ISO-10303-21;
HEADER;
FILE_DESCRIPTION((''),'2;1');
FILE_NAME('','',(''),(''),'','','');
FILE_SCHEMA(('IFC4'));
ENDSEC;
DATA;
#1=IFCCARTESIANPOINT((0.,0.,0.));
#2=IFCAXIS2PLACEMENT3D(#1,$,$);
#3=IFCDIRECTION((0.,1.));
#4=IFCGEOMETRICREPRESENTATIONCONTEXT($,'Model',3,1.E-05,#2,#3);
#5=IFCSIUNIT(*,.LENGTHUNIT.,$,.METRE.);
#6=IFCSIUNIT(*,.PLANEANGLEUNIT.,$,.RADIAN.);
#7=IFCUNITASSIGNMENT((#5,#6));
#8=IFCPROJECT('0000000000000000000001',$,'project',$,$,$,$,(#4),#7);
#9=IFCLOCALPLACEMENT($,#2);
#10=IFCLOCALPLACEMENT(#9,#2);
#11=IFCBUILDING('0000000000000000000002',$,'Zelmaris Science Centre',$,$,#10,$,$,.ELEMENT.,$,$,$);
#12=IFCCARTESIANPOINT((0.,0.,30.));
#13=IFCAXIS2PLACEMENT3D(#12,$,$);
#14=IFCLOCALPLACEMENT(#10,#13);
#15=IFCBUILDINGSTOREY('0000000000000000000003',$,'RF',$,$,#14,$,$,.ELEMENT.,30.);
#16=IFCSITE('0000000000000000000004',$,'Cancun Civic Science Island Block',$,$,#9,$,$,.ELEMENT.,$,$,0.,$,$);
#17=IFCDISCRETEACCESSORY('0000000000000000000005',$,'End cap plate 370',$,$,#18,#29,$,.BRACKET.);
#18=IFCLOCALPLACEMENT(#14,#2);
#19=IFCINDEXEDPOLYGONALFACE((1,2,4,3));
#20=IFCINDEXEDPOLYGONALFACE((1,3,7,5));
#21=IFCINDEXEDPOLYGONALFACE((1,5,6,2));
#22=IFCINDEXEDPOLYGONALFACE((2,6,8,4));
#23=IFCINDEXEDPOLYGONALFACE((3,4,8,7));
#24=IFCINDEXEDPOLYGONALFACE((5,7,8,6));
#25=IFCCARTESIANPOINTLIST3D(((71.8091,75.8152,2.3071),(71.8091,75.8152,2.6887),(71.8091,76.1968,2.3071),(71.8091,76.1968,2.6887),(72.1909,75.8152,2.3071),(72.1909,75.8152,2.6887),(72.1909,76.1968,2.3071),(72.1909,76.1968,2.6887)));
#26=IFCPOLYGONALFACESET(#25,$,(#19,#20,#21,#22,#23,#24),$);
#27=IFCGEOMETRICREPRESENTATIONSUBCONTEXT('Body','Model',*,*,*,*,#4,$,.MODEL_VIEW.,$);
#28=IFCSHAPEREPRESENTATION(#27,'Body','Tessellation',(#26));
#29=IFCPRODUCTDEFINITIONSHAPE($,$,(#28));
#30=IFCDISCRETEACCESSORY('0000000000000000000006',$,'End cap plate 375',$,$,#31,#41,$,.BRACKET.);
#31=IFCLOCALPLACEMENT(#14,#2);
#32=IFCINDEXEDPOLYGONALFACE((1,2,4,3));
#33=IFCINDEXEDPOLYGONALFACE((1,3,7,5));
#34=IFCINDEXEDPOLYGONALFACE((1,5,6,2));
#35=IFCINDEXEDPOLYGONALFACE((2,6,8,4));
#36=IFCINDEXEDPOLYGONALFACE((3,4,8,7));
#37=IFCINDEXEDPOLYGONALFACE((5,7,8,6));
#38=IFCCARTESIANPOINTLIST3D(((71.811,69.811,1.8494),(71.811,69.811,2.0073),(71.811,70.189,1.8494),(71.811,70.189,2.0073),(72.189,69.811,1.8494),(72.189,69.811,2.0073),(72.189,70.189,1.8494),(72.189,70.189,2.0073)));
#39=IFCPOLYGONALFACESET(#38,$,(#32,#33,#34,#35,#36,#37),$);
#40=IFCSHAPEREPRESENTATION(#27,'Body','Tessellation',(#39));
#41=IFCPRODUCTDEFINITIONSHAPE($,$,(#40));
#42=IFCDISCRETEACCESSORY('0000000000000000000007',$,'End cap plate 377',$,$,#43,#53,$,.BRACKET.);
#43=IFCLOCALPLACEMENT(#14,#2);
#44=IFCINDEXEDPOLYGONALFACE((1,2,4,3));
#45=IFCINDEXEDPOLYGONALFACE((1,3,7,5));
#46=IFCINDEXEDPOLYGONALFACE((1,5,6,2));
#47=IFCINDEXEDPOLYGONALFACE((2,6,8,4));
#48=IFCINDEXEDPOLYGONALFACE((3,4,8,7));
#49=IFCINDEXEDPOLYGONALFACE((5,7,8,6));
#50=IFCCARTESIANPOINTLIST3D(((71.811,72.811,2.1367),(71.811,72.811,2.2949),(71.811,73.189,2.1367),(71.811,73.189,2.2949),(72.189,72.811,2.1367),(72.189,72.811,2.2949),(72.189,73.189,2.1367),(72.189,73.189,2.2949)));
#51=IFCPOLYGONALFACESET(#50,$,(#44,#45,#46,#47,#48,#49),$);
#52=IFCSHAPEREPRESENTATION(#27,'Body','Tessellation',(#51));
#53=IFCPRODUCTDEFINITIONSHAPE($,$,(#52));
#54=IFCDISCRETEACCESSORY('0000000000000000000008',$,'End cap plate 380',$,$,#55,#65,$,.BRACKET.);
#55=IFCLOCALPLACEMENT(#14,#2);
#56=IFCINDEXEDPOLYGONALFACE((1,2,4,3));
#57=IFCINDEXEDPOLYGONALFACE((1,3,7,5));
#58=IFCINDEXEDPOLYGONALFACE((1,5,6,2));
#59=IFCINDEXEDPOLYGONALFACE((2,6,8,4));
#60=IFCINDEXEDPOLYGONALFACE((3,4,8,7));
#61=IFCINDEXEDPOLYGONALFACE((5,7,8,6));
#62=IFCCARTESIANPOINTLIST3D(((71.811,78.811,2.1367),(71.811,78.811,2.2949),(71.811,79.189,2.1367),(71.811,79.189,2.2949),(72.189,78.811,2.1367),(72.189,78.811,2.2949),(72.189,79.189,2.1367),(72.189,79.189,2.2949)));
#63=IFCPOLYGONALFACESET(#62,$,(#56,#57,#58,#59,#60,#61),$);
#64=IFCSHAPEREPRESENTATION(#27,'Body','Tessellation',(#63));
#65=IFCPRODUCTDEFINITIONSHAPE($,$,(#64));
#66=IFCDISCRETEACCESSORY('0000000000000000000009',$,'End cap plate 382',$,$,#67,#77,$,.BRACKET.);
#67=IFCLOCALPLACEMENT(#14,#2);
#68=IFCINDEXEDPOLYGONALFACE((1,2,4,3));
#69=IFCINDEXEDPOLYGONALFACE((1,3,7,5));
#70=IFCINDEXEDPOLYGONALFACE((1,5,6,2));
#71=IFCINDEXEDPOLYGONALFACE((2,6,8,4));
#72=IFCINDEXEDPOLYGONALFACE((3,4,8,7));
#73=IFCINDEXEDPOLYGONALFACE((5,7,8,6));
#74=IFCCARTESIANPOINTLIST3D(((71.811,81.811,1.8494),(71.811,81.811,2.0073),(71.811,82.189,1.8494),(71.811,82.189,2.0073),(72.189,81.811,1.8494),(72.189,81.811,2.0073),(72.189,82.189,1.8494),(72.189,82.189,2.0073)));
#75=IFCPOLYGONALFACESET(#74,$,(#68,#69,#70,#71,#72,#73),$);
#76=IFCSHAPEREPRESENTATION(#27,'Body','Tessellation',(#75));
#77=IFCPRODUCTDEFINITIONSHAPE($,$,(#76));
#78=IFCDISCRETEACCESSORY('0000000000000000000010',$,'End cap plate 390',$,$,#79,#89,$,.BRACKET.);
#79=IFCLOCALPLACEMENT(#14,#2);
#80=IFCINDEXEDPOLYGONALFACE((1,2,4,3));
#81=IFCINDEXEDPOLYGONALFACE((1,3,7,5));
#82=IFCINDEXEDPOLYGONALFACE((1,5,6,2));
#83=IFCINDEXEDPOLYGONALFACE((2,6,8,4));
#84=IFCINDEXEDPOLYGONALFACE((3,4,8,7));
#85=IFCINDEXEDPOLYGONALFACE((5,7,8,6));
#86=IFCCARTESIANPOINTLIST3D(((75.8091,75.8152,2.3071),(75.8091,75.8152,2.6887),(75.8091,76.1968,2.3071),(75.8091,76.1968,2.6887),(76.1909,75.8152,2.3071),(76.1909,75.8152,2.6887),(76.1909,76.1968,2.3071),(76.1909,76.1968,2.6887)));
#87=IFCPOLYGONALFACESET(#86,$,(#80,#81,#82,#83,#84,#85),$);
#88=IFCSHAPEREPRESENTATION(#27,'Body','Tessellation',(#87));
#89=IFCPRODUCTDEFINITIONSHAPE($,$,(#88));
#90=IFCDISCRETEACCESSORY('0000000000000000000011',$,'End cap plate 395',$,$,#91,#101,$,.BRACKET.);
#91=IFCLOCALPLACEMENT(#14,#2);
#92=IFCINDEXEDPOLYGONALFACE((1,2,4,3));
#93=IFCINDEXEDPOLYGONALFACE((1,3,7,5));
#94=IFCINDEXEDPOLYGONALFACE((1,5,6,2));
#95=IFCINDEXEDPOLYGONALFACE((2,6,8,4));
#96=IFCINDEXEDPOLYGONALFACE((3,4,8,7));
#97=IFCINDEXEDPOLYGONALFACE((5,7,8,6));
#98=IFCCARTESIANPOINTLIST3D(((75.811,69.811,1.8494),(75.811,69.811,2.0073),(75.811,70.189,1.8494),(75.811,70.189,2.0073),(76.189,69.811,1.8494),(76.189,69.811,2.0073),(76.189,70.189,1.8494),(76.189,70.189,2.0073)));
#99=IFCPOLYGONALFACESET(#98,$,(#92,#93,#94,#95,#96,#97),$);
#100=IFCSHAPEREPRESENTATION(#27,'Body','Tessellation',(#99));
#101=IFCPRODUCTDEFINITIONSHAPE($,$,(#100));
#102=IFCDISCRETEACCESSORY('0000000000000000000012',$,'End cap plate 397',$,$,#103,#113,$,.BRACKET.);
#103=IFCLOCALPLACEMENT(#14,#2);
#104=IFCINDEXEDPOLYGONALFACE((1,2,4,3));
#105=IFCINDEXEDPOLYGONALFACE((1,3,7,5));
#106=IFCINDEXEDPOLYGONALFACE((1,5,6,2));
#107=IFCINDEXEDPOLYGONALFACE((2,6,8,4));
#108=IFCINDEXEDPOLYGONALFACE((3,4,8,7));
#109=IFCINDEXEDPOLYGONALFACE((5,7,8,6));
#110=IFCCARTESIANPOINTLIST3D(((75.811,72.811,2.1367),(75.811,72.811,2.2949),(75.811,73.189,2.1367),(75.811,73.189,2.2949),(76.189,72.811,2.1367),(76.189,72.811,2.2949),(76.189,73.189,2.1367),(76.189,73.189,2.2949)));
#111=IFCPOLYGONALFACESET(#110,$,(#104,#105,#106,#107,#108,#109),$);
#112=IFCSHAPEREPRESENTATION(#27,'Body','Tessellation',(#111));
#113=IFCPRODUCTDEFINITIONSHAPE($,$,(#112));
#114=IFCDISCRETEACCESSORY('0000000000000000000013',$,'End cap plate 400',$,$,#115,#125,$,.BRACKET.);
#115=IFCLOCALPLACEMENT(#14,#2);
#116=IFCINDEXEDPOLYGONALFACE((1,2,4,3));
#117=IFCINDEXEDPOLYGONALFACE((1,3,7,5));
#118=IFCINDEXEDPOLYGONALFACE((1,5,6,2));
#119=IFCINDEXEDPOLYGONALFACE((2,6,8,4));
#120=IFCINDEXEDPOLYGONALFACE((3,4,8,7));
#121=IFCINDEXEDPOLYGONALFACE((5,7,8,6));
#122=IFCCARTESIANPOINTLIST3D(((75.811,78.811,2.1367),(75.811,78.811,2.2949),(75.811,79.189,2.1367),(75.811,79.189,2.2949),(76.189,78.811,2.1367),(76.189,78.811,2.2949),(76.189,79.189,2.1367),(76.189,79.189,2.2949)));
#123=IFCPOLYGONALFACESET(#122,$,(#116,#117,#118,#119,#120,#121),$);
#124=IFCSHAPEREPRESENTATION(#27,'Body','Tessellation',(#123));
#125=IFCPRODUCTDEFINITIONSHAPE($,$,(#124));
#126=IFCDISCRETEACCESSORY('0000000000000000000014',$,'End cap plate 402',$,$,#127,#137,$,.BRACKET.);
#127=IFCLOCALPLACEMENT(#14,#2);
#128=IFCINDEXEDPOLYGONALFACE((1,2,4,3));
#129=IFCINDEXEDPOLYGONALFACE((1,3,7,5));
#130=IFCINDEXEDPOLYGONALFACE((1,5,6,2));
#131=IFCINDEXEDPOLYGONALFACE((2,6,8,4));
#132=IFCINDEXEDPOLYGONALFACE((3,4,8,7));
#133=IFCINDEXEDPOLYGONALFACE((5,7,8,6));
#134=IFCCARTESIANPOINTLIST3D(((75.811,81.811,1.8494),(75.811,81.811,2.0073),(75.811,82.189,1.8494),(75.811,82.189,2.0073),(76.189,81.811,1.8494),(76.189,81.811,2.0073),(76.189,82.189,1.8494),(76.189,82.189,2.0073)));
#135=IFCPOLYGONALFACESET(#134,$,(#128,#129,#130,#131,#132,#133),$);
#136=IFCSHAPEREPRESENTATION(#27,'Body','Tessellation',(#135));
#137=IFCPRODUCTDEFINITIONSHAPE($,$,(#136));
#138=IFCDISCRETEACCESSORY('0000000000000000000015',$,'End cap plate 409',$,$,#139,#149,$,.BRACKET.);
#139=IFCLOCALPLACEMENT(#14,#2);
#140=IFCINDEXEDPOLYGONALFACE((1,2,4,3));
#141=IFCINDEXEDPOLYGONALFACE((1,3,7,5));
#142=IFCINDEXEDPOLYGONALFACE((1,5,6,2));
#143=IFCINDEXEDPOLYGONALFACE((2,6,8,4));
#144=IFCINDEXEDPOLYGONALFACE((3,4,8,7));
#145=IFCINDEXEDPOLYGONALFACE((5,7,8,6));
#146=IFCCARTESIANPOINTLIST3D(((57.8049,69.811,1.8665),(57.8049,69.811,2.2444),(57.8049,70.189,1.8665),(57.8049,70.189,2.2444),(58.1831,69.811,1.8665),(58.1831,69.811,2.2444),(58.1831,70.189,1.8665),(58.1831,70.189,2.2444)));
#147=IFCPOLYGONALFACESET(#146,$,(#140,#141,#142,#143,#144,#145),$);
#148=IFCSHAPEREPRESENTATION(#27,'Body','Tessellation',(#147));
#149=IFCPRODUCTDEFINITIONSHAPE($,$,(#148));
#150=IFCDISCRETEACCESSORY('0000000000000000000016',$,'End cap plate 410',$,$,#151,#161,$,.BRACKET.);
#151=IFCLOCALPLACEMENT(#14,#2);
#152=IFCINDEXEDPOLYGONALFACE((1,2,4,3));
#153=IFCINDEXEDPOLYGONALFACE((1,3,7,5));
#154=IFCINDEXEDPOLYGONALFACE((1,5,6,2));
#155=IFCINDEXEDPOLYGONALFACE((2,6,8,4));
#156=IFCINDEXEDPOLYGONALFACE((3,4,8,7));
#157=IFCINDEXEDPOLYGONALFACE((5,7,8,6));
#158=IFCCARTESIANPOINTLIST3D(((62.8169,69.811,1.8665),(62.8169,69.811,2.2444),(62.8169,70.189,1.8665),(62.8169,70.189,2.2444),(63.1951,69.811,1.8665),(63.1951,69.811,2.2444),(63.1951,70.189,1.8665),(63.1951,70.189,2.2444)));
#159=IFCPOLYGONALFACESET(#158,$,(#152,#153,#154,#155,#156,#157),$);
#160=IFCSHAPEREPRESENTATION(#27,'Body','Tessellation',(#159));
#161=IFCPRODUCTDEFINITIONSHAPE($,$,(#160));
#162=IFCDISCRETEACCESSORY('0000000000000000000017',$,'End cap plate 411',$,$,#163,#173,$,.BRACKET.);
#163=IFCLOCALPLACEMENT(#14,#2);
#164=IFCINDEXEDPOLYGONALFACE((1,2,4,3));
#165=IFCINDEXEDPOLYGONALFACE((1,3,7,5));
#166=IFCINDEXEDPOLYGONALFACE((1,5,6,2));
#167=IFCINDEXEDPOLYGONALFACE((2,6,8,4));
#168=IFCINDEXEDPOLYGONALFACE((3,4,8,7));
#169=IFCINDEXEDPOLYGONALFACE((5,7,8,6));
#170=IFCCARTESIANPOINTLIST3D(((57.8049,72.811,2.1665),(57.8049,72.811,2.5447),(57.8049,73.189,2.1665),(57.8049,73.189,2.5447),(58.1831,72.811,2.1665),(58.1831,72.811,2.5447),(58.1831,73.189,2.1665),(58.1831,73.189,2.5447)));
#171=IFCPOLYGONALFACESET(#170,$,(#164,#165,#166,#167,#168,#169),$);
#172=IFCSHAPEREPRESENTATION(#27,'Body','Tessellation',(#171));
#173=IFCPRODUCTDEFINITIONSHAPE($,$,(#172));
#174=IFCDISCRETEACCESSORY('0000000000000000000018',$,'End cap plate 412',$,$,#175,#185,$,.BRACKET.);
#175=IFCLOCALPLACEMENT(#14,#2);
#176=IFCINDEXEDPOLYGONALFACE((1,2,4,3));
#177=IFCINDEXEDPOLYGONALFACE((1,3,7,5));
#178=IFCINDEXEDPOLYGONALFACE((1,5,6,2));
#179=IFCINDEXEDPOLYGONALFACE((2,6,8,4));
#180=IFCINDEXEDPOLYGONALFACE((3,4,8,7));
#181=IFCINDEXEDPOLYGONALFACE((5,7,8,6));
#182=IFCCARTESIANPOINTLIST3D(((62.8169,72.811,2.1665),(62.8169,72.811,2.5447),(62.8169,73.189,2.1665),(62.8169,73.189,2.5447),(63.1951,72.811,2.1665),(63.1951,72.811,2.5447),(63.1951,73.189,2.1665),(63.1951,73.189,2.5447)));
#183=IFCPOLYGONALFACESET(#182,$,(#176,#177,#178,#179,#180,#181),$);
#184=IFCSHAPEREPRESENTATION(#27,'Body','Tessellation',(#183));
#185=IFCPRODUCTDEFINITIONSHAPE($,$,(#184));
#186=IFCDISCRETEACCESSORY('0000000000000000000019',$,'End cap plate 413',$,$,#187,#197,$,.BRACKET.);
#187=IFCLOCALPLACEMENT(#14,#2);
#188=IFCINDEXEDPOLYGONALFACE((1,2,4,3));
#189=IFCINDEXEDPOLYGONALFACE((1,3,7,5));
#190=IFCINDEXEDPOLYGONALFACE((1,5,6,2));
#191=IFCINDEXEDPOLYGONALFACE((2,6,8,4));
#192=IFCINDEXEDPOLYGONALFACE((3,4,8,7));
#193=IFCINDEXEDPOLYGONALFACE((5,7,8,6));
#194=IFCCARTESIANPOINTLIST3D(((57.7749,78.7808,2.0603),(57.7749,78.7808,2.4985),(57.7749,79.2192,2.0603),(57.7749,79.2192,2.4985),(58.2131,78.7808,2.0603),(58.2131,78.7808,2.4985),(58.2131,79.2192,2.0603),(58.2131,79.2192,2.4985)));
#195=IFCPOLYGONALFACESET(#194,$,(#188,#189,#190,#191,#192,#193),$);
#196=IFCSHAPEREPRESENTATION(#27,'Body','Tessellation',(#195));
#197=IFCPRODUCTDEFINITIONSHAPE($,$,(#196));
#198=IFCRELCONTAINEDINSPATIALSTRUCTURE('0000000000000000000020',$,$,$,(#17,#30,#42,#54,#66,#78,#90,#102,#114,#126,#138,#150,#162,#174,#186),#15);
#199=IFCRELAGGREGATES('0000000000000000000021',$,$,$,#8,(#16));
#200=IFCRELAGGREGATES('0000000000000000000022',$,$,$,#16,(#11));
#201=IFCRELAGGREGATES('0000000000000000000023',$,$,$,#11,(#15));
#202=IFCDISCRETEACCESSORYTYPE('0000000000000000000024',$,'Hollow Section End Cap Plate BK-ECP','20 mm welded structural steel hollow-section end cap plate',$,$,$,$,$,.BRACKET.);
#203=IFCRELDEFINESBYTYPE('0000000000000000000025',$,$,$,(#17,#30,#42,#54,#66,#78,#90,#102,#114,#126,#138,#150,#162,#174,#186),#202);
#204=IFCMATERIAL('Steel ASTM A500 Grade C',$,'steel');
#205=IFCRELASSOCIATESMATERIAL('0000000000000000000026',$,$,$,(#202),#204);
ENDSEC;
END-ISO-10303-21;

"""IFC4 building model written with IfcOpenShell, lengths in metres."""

from ifc_helpers import new_model, si_unit, direction, frame, origin, place, context, subcontext, project, spatial, polyline, outline, extrude, material, type_object, element, save


model = new_model("IFC4")

# Units and contexts
model_context = context("Model", 3, precision=1e-05, world=origin(), true_north=direction((0.0, 1.0)))
body_context = subcontext(model_context, "Body", "Model", "MODEL_VIEW")
ifc_project = project(units=[si_unit("LENGTHUNIT", "METRE"), si_unit("PLANEANGLEUNIT", "RADIAN")], contexts=[model_context])

# Site, building, storey
site_placement = place(None, origin())
site = spatial("IfcSite", under=ifc_project, at=site_placement, Name="Cancun Civic Science Island Block", CompositionType="ELEMENT", RefElevation=0.0)
building_placement = place(site_placement, origin())
building = spatial("IfcBuilding", under=site, at=building_placement, Name="Zelmaris Science Centre", CompositionType="ELEMENT")
storey_placement = place(building_placement, frame((0.0, 0.0, 30.0)))
storey = spatial("IfcBuildingStorey", under=building, at=storey_placement, Name="RF", CompositionType="ELEMENT", Elevation=30.0)

# Discrete accessories
ifc_material_1 = material(Name="Steel ASTM A500 Grade C", Category="steel")
discrete_accessory_type = type_object("IfcDiscreteAccessoryType", Name="Hollow Section End Cap Plate BK-ECP", Description="20 mm welded structural steel hollow-section end cap plate", PredefinedType="BRACKET", material=ifc_material_1)
discrete_accessory_1_placement = place(storey_placement, frame((0.0, 0.0, 2.3071)))
element("IfcDiscreteAccessory", 1, at=discrete_accessory_1_placement, inside=storey, type_object=discrete_accessory_type, Name="End cap plate 370", PredefinedType="BRACKET", context=body_context, shape_type="SweptSolid", body=[
    extrude(outline(polyline([(71.8091, 75.8152), (72.1909, 75.8152), (72.1909, 76.1968), (71.8091, 76.1968), (71.8091, 75.8152)])), origin(), (0.0, 0.0, 1.0), 0.3816),
])
discrete_accessory_2_placement = place(storey_placement, frame((0.0, 0.0, 1.8494)))
element("IfcDiscreteAccessory", 2, at=discrete_accessory_2_placement, inside=storey, type_object=discrete_accessory_type, Name="End cap plate 375", PredefinedType="BRACKET", context=body_context, shape_type="SweptSolid", body=[
    extrude(outline(polyline([(71.811, 69.811), (72.189, 69.811), (72.189, 70.189), (71.811, 70.189), (71.811, 69.811)])), origin(), (0.0, 0.0, 1.0), 0.158),
])
discrete_accessory_3_placement = place(storey_placement, frame((0.0, 0.0, 2.1367)))
element("IfcDiscreteAccessory", 3, at=discrete_accessory_3_placement, inside=storey, type_object=discrete_accessory_type, Name="End cap plate 377", PredefinedType="BRACKET", context=body_context, shape_type="SweptSolid", body=[
    extrude(outline(polyline([(71.811, 72.811), (72.189, 72.811), (72.189, 73.189), (71.811, 73.189), (71.811, 72.811)])), origin(), (0.0, 0.0, 1.0), 0.1582),
])
discrete_accessory_4_placement = place(storey_placement, frame((0.0, 0.0, 2.1367)))
element("IfcDiscreteAccessory", 4, at=discrete_accessory_4_placement, inside=storey, type_object=discrete_accessory_type, Name="End cap plate 380", PredefinedType="BRACKET", context=body_context, shape_type="SweptSolid", body=[
    extrude(outline(polyline([(71.811, 78.811), (72.189, 78.811), (72.189, 79.189), (71.811, 79.189), (71.811, 78.811)])), origin(), (0.0, 0.0, 1.0), 0.1582),
])
discrete_accessory_5_placement = place(storey_placement, frame((0.0, 0.0, 1.8494)))
element("IfcDiscreteAccessory", 5, at=discrete_accessory_5_placement, inside=storey, type_object=discrete_accessory_type, Name="End cap plate 382", PredefinedType="BRACKET", context=body_context, shape_type="SweptSolid", body=[
    extrude(outline(polyline([(71.811, 81.811), (72.189, 81.811), (72.189, 82.189), (71.811, 82.189), (71.811, 81.811)])), origin(), (0.0, 0.0, 1.0), 0.158),
])
discrete_accessory_6_placement = place(storey_placement, frame((0.0, 0.0, 2.3071)))
element("IfcDiscreteAccessory", 6, at=discrete_accessory_6_placement, inside=storey, type_object=discrete_accessory_type, Name="End cap plate 390", PredefinedType="BRACKET", context=body_context, shape_type="SweptSolid", body=[
    extrude(outline(polyline([(75.8091, 75.8152), (76.1909, 75.8152), (76.1909, 76.1968), (75.8091, 76.1968), (75.8091, 75.8152)])), origin(), (0.0, 0.0, 1.0), 0.3816),
])
discrete_accessory_7_placement = place(storey_placement, frame((0.0, 0.0, 1.8494)))
element("IfcDiscreteAccessory", 7, at=discrete_accessory_7_placement, inside=storey, type_object=discrete_accessory_type, Name="End cap plate 395", PredefinedType="BRACKET", context=body_context, shape_type="SweptSolid", body=[
    extrude(outline(polyline([(75.811, 69.811), (76.189, 69.811), (76.189, 70.189), (75.811, 70.189), (75.811, 69.811)])), origin(), (0.0, 0.0, 1.0), 0.158),
])
discrete_accessory_8_placement = place(storey_placement, frame((0.0, 0.0, 2.1367)))
element("IfcDiscreteAccessory", 8, at=discrete_accessory_8_placement, inside=storey, type_object=discrete_accessory_type, Name="End cap plate 397", PredefinedType="BRACKET", context=body_context, shape_type="SweptSolid", body=[
    extrude(outline(polyline([(75.811, 72.811), (76.189, 72.811), (76.189, 73.189), (75.811, 73.189), (75.811, 72.811)])), origin(), (0.0, 0.0, 1.0), 0.1582),
])
discrete_accessory_9_placement = place(storey_placement, frame((0.0, 0.0, 2.1367)))
element("IfcDiscreteAccessory", 9, at=discrete_accessory_9_placement, inside=storey, type_object=discrete_accessory_type, Name="End cap plate 400", PredefinedType="BRACKET", context=body_context, shape_type="SweptSolid", body=[
    extrude(outline(polyline([(75.811, 78.811), (76.189, 78.811), (76.189, 79.189), (75.811, 79.189), (75.811, 78.811)])), origin(), (0.0, 0.0, 1.0), 0.1582),
])
discrete_accessory_10_placement = place(storey_placement, frame((0.0, 0.0, 1.8494)))
element("IfcDiscreteAccessory", 10, at=discrete_accessory_10_placement, inside=storey, type_object=discrete_accessory_type, Name="End cap plate 402", PredefinedType="BRACKET", context=body_context, shape_type="SweptSolid", body=[
    extrude(outline(polyline([(75.811, 81.811), (76.189, 81.811), (76.189, 82.189), (75.811, 82.189), (75.811, 81.811)])), origin(), (0.0, 0.0, 1.0), 0.158),
])
discrete_accessory_11_placement = place(storey_placement, frame((0.0, 0.0, 1.8665)))
element("IfcDiscreteAccessory", 11, at=discrete_accessory_11_placement, inside=storey, type_object=discrete_accessory_type, Name="End cap plate 409", PredefinedType="BRACKET", context=body_context, shape_type="SweptSolid", body=[
    extrude(outline(polyline([(57.8049, 69.811), (58.1831, 69.811), (58.1831, 70.189), (57.8049, 70.189), (57.8049, 69.811)])), origin(), (0.0, 0.0, 1.0), 0.3779),
])
discrete_accessory_12_placement = place(storey_placement, frame((0.0, 0.0, 1.8665)))
element("IfcDiscreteAccessory", 12, at=discrete_accessory_12_placement, inside=storey, type_object=discrete_accessory_type, Name="End cap plate 410", PredefinedType="BRACKET", context=body_context, shape_type="SweptSolid", body=[
    extrude(outline(polyline([(62.8169, 69.811), (63.1951, 69.811), (63.1951, 70.189), (62.8169, 70.189), (62.8169, 69.811)])), origin(), (0.0, 0.0, 1.0), 0.3779),
])
discrete_accessory_13_placement = place(storey_placement, frame((0.0, 0.0, 2.1665)))
element("IfcDiscreteAccessory", 13, at=discrete_accessory_13_placement, inside=storey, type_object=discrete_accessory_type, Name="End cap plate 411", PredefinedType="BRACKET", context=body_context, shape_type="SweptSolid", body=[
    extrude(outline(polyline([(57.8049, 72.811), (58.1831, 72.811), (58.1831, 73.189), (57.8049, 73.189), (57.8049, 72.811)])), origin(), (0.0, 0.0, 1.0), 0.3782),
])
discrete_accessory_14_placement = place(storey_placement, frame((0.0, 0.0, 2.1665)))
element("IfcDiscreteAccessory", 14, at=discrete_accessory_14_placement, inside=storey, type_object=discrete_accessory_type, Name="End cap plate 412", PredefinedType="BRACKET", context=body_context, shape_type="SweptSolid", body=[
    extrude(outline(polyline([(62.8169, 72.811), (63.1951, 72.811), (63.1951, 73.189), (62.8169, 73.189), (62.8169, 72.811)])), origin(), (0.0, 0.0, 1.0), 0.3782),
])
discrete_accessory_15_placement = place(storey_placement, frame((0.0, 0.0, 2.0603)))
element("IfcDiscreteAccessory", 15, at=discrete_accessory_15_placement, inside=storey, type_object=discrete_accessory_type, Name="End cap plate 413", PredefinedType="BRACKET", context=body_context, shape_type="SweptSolid", body=[
    extrude(outline(polyline([(57.7749, 78.7808), (58.2131, 78.7808), (58.2131, 79.2192), (57.7749, 79.2192), (57.7749, 78.7808)])), origin(), (0.0, 0.0, 1.0), 0.4382),
])

save(model, "model.ifc")
